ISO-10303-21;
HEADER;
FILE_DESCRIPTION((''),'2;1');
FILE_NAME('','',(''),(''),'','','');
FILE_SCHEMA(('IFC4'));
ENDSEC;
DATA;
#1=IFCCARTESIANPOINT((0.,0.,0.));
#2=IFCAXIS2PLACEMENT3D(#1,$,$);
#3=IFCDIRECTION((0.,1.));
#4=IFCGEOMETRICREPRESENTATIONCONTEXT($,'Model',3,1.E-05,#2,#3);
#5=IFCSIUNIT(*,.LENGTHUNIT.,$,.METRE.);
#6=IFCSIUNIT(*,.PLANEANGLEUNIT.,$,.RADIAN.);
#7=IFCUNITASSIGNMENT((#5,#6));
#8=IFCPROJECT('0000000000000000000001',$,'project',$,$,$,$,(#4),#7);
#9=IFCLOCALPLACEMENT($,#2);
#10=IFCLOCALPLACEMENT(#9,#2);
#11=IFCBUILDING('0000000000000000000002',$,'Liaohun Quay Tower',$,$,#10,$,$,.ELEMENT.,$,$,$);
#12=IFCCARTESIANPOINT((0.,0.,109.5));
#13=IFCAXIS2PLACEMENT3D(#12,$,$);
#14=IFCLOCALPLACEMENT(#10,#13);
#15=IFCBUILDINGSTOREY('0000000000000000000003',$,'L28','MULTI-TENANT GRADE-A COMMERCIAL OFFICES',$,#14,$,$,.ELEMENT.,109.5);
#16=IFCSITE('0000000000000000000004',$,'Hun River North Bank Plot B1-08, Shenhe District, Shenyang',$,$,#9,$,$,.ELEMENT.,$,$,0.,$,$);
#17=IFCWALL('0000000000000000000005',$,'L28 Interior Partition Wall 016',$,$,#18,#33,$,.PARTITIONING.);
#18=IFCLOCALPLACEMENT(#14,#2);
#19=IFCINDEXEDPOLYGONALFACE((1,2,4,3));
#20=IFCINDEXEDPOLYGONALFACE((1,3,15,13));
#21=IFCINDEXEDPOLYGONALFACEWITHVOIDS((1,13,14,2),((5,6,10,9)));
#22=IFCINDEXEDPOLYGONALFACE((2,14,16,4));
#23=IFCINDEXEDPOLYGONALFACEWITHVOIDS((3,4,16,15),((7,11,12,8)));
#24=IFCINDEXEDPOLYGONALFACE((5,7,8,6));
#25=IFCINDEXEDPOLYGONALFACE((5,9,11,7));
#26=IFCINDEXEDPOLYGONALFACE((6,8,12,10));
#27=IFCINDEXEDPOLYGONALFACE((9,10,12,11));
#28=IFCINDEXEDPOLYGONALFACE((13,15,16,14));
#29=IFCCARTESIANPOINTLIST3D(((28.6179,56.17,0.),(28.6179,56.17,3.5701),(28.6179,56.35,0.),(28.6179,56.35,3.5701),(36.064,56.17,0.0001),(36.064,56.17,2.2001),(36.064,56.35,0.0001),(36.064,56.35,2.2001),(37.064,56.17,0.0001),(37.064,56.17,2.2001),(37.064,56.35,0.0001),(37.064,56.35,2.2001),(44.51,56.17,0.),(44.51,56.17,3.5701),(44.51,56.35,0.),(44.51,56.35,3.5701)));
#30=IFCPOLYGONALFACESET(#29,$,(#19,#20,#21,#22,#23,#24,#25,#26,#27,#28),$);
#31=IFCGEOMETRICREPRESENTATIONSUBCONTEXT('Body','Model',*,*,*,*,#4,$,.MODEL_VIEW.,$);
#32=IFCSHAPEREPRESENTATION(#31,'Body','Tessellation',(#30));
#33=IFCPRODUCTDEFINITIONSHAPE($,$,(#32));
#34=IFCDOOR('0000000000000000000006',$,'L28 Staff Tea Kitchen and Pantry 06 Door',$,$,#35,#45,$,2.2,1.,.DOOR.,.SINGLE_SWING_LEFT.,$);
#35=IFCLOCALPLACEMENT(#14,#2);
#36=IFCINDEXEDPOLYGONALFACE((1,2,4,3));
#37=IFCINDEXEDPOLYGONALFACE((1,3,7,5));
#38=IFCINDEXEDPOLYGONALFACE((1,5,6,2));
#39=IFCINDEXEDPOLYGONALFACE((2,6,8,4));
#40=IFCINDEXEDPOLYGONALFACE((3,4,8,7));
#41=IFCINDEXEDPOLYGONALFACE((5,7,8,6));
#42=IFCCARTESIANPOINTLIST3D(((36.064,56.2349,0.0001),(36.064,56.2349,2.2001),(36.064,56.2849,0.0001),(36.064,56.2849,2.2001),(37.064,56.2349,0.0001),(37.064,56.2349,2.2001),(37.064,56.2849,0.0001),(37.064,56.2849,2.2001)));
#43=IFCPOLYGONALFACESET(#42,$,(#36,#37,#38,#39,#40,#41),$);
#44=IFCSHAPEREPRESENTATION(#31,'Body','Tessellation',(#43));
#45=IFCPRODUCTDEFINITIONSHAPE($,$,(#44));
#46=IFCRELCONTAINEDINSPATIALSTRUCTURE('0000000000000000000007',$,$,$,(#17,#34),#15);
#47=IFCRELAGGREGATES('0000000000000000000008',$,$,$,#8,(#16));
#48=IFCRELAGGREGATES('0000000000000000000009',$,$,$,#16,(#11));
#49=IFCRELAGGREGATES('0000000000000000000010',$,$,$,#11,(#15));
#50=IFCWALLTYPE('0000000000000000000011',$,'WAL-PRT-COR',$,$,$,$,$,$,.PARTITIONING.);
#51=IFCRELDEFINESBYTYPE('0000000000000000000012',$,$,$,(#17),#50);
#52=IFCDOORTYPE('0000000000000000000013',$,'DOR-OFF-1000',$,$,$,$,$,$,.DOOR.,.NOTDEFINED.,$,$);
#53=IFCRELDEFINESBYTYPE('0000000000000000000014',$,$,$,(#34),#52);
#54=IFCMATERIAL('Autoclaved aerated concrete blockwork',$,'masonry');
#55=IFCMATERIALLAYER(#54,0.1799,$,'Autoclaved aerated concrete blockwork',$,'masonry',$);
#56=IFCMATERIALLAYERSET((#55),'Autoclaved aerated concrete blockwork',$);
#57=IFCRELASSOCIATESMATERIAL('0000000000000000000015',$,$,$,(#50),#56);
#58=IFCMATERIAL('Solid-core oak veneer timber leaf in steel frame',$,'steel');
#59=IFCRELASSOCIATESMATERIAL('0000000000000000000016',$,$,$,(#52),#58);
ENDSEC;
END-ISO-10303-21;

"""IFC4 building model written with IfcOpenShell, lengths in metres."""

from ifc_helpers import new_model, si_unit, direction, frame, frame_2d, origin, place, context, subcontext, project, spatial, rectangle, extrude, source, transform, mapped, material, layer, layer_set, type_object, element, fill, save


model = new_model("IFC4")

# Units and contexts
model_context = context("Model", 3, precision=1e-05, world=origin(), true_north=direction((0.0, 1.0)))
body_context = subcontext(model_context, "Body", "Model", "MODEL_VIEW")
ifc_project = project(units=[si_unit("LENGTHUNIT", "METRE"), si_unit("PLANEANGLEUNIT", "RADIAN")], contexts=[model_context])

# Site, building, storey
site_placement = place(None, origin())
site = spatial("IfcSite", under=ifc_project, at=site_placement, Name="Hun River North Bank Plot B1-08, Shenhe District, Shenyang", CompositionType="ELEMENT", RefElevation=0.0)
building_placement = place(site_placement, origin())
building = spatial("IfcBuilding", under=site, at=building_placement, Name="Liaohun Quay Tower", CompositionType="ELEMENT")
storey_placement = place(building_placement, frame((0.0, 0.0, 109.5)))
storey = spatial("IfcBuildingStorey", under=building, at=storey_placement, Name="L28", Description="MULTI-TENANT GRADE-A COMMERCIAL OFFICES", CompositionType="ELEMENT", Elevation=109.5)

# Wall, opening, door
ifc_material_1 = material(Name="Autoclaved aerated concrete blockwork", Category="masonry")
ifc_layer_1 = layer(ifc_material_1, 0.1799, Name="Autoclaved aerated concrete blockwork", Category="masonry")
ifc_layer_set_1 = layer_set([ifc_layer_1], Name="Autoclaved aerated concrete blockwork")
wall_type_1 = type_object("IfcWallType", Name="WAL-PRT-COR", PredefinedType="PARTITIONING", material=ifc_layer_set_1)
wall_1_placement = place(storey_placement, frame((28.6179, 56.26, 0.0), z_axis=(0.0, 0.0, 1.0), x_axis=(1.0, 0.0, 0.0)))
wall_1 = element("IfcWall", 1, at=wall_1_placement, inside=storey, type_object=wall_type_1, Name="L28 Interior Partition Wall 016", PredefinedType="PARTITIONING", context=body_context, shape_type="SweptSolid", body=[
    extrude(rectangle(XDim=15.8921, YDim=0.1799, at=frame_2d((7.946, 0.0))), origin(), (0.0, 0.0, 1.0), 3.5701),
])
shared_shape_1 = source(origin(), body_context, "Body", "SweptSolid", [
    extrude(rectangle(XDim=1.0, YDim=2.2, at=frame_2d((0.5, 1.1001))), frame((0.0, 0.0999, 0.0), z_axis=(0.0, -1.0, 0.0), x_axis=(1.0, 0.0, 0.0)), (0.0, 0.0, 1.0), 0.2),
])
opening_1_placement = place(wall_1_placement, frame((7.446, 0.0, 0.0)))
opening_1 = element("IfcOpeningElement", 2, at=opening_1_placement, cuts=wall_1, PredefinedType="OPENING", context=body_context, shape_type="MappedRepresentation", body=[
    mapped(shared_shape_1, transform((0.0, 0.0, 0.0), x_axis=(1.0, 0.0, 0.0), y_axis=(0.0, 1.0, 0.0), z_axis=(0.0, 0.0, 1.0), scale=1.0)),
])
ifc_material_2 = material(Name="Solid-core oak veneer timber leaf in steel frame", Category="steel")
door_type_1 = type_object("IfcDoorType", Name="DOR-OFF-1000", OperationType="NOTDEFINED", PredefinedType="DOOR", material=ifc_material_2)
shared_shape_2 = source(origin(), body_context, "Body", "SweptSolid", [
    extrude(rectangle(XDim=1.0, YDim=2.2, at=frame_2d((0.5, 1.1001))), frame((0.0, 0.0249, 0.0), z_axis=(0.0, -1.0, 0.0), x_axis=(1.0, 0.0, 0.0)), (0.0, 0.0, 1.0), 0.05),
])
door_1_placement = place(opening_1_placement, origin())
door_1 = element("IfcDoor", 3, at=door_1_placement, inside=storey, type_object=door_type_1, Name="L28 Staff Tea Kitchen and Pantry 06 Door", OperationType="SINGLE_SWING_LEFT", OverallHeight=2.2, OverallWidth=1.0, PredefinedType="DOOR", context=body_context, shape_type="MappedRepresentation", body=[
    mapped(shared_shape_2, transform((0.0, 0.0, 0.0), x_axis=(1.0, 0.0, 0.0), y_axis=(0.0, 1.0, 0.0), z_axis=(0.0, 0.0, 1.0), scale=1.0)),
])
fill(opening_1, door_1)

save(model, "model.ifc")
